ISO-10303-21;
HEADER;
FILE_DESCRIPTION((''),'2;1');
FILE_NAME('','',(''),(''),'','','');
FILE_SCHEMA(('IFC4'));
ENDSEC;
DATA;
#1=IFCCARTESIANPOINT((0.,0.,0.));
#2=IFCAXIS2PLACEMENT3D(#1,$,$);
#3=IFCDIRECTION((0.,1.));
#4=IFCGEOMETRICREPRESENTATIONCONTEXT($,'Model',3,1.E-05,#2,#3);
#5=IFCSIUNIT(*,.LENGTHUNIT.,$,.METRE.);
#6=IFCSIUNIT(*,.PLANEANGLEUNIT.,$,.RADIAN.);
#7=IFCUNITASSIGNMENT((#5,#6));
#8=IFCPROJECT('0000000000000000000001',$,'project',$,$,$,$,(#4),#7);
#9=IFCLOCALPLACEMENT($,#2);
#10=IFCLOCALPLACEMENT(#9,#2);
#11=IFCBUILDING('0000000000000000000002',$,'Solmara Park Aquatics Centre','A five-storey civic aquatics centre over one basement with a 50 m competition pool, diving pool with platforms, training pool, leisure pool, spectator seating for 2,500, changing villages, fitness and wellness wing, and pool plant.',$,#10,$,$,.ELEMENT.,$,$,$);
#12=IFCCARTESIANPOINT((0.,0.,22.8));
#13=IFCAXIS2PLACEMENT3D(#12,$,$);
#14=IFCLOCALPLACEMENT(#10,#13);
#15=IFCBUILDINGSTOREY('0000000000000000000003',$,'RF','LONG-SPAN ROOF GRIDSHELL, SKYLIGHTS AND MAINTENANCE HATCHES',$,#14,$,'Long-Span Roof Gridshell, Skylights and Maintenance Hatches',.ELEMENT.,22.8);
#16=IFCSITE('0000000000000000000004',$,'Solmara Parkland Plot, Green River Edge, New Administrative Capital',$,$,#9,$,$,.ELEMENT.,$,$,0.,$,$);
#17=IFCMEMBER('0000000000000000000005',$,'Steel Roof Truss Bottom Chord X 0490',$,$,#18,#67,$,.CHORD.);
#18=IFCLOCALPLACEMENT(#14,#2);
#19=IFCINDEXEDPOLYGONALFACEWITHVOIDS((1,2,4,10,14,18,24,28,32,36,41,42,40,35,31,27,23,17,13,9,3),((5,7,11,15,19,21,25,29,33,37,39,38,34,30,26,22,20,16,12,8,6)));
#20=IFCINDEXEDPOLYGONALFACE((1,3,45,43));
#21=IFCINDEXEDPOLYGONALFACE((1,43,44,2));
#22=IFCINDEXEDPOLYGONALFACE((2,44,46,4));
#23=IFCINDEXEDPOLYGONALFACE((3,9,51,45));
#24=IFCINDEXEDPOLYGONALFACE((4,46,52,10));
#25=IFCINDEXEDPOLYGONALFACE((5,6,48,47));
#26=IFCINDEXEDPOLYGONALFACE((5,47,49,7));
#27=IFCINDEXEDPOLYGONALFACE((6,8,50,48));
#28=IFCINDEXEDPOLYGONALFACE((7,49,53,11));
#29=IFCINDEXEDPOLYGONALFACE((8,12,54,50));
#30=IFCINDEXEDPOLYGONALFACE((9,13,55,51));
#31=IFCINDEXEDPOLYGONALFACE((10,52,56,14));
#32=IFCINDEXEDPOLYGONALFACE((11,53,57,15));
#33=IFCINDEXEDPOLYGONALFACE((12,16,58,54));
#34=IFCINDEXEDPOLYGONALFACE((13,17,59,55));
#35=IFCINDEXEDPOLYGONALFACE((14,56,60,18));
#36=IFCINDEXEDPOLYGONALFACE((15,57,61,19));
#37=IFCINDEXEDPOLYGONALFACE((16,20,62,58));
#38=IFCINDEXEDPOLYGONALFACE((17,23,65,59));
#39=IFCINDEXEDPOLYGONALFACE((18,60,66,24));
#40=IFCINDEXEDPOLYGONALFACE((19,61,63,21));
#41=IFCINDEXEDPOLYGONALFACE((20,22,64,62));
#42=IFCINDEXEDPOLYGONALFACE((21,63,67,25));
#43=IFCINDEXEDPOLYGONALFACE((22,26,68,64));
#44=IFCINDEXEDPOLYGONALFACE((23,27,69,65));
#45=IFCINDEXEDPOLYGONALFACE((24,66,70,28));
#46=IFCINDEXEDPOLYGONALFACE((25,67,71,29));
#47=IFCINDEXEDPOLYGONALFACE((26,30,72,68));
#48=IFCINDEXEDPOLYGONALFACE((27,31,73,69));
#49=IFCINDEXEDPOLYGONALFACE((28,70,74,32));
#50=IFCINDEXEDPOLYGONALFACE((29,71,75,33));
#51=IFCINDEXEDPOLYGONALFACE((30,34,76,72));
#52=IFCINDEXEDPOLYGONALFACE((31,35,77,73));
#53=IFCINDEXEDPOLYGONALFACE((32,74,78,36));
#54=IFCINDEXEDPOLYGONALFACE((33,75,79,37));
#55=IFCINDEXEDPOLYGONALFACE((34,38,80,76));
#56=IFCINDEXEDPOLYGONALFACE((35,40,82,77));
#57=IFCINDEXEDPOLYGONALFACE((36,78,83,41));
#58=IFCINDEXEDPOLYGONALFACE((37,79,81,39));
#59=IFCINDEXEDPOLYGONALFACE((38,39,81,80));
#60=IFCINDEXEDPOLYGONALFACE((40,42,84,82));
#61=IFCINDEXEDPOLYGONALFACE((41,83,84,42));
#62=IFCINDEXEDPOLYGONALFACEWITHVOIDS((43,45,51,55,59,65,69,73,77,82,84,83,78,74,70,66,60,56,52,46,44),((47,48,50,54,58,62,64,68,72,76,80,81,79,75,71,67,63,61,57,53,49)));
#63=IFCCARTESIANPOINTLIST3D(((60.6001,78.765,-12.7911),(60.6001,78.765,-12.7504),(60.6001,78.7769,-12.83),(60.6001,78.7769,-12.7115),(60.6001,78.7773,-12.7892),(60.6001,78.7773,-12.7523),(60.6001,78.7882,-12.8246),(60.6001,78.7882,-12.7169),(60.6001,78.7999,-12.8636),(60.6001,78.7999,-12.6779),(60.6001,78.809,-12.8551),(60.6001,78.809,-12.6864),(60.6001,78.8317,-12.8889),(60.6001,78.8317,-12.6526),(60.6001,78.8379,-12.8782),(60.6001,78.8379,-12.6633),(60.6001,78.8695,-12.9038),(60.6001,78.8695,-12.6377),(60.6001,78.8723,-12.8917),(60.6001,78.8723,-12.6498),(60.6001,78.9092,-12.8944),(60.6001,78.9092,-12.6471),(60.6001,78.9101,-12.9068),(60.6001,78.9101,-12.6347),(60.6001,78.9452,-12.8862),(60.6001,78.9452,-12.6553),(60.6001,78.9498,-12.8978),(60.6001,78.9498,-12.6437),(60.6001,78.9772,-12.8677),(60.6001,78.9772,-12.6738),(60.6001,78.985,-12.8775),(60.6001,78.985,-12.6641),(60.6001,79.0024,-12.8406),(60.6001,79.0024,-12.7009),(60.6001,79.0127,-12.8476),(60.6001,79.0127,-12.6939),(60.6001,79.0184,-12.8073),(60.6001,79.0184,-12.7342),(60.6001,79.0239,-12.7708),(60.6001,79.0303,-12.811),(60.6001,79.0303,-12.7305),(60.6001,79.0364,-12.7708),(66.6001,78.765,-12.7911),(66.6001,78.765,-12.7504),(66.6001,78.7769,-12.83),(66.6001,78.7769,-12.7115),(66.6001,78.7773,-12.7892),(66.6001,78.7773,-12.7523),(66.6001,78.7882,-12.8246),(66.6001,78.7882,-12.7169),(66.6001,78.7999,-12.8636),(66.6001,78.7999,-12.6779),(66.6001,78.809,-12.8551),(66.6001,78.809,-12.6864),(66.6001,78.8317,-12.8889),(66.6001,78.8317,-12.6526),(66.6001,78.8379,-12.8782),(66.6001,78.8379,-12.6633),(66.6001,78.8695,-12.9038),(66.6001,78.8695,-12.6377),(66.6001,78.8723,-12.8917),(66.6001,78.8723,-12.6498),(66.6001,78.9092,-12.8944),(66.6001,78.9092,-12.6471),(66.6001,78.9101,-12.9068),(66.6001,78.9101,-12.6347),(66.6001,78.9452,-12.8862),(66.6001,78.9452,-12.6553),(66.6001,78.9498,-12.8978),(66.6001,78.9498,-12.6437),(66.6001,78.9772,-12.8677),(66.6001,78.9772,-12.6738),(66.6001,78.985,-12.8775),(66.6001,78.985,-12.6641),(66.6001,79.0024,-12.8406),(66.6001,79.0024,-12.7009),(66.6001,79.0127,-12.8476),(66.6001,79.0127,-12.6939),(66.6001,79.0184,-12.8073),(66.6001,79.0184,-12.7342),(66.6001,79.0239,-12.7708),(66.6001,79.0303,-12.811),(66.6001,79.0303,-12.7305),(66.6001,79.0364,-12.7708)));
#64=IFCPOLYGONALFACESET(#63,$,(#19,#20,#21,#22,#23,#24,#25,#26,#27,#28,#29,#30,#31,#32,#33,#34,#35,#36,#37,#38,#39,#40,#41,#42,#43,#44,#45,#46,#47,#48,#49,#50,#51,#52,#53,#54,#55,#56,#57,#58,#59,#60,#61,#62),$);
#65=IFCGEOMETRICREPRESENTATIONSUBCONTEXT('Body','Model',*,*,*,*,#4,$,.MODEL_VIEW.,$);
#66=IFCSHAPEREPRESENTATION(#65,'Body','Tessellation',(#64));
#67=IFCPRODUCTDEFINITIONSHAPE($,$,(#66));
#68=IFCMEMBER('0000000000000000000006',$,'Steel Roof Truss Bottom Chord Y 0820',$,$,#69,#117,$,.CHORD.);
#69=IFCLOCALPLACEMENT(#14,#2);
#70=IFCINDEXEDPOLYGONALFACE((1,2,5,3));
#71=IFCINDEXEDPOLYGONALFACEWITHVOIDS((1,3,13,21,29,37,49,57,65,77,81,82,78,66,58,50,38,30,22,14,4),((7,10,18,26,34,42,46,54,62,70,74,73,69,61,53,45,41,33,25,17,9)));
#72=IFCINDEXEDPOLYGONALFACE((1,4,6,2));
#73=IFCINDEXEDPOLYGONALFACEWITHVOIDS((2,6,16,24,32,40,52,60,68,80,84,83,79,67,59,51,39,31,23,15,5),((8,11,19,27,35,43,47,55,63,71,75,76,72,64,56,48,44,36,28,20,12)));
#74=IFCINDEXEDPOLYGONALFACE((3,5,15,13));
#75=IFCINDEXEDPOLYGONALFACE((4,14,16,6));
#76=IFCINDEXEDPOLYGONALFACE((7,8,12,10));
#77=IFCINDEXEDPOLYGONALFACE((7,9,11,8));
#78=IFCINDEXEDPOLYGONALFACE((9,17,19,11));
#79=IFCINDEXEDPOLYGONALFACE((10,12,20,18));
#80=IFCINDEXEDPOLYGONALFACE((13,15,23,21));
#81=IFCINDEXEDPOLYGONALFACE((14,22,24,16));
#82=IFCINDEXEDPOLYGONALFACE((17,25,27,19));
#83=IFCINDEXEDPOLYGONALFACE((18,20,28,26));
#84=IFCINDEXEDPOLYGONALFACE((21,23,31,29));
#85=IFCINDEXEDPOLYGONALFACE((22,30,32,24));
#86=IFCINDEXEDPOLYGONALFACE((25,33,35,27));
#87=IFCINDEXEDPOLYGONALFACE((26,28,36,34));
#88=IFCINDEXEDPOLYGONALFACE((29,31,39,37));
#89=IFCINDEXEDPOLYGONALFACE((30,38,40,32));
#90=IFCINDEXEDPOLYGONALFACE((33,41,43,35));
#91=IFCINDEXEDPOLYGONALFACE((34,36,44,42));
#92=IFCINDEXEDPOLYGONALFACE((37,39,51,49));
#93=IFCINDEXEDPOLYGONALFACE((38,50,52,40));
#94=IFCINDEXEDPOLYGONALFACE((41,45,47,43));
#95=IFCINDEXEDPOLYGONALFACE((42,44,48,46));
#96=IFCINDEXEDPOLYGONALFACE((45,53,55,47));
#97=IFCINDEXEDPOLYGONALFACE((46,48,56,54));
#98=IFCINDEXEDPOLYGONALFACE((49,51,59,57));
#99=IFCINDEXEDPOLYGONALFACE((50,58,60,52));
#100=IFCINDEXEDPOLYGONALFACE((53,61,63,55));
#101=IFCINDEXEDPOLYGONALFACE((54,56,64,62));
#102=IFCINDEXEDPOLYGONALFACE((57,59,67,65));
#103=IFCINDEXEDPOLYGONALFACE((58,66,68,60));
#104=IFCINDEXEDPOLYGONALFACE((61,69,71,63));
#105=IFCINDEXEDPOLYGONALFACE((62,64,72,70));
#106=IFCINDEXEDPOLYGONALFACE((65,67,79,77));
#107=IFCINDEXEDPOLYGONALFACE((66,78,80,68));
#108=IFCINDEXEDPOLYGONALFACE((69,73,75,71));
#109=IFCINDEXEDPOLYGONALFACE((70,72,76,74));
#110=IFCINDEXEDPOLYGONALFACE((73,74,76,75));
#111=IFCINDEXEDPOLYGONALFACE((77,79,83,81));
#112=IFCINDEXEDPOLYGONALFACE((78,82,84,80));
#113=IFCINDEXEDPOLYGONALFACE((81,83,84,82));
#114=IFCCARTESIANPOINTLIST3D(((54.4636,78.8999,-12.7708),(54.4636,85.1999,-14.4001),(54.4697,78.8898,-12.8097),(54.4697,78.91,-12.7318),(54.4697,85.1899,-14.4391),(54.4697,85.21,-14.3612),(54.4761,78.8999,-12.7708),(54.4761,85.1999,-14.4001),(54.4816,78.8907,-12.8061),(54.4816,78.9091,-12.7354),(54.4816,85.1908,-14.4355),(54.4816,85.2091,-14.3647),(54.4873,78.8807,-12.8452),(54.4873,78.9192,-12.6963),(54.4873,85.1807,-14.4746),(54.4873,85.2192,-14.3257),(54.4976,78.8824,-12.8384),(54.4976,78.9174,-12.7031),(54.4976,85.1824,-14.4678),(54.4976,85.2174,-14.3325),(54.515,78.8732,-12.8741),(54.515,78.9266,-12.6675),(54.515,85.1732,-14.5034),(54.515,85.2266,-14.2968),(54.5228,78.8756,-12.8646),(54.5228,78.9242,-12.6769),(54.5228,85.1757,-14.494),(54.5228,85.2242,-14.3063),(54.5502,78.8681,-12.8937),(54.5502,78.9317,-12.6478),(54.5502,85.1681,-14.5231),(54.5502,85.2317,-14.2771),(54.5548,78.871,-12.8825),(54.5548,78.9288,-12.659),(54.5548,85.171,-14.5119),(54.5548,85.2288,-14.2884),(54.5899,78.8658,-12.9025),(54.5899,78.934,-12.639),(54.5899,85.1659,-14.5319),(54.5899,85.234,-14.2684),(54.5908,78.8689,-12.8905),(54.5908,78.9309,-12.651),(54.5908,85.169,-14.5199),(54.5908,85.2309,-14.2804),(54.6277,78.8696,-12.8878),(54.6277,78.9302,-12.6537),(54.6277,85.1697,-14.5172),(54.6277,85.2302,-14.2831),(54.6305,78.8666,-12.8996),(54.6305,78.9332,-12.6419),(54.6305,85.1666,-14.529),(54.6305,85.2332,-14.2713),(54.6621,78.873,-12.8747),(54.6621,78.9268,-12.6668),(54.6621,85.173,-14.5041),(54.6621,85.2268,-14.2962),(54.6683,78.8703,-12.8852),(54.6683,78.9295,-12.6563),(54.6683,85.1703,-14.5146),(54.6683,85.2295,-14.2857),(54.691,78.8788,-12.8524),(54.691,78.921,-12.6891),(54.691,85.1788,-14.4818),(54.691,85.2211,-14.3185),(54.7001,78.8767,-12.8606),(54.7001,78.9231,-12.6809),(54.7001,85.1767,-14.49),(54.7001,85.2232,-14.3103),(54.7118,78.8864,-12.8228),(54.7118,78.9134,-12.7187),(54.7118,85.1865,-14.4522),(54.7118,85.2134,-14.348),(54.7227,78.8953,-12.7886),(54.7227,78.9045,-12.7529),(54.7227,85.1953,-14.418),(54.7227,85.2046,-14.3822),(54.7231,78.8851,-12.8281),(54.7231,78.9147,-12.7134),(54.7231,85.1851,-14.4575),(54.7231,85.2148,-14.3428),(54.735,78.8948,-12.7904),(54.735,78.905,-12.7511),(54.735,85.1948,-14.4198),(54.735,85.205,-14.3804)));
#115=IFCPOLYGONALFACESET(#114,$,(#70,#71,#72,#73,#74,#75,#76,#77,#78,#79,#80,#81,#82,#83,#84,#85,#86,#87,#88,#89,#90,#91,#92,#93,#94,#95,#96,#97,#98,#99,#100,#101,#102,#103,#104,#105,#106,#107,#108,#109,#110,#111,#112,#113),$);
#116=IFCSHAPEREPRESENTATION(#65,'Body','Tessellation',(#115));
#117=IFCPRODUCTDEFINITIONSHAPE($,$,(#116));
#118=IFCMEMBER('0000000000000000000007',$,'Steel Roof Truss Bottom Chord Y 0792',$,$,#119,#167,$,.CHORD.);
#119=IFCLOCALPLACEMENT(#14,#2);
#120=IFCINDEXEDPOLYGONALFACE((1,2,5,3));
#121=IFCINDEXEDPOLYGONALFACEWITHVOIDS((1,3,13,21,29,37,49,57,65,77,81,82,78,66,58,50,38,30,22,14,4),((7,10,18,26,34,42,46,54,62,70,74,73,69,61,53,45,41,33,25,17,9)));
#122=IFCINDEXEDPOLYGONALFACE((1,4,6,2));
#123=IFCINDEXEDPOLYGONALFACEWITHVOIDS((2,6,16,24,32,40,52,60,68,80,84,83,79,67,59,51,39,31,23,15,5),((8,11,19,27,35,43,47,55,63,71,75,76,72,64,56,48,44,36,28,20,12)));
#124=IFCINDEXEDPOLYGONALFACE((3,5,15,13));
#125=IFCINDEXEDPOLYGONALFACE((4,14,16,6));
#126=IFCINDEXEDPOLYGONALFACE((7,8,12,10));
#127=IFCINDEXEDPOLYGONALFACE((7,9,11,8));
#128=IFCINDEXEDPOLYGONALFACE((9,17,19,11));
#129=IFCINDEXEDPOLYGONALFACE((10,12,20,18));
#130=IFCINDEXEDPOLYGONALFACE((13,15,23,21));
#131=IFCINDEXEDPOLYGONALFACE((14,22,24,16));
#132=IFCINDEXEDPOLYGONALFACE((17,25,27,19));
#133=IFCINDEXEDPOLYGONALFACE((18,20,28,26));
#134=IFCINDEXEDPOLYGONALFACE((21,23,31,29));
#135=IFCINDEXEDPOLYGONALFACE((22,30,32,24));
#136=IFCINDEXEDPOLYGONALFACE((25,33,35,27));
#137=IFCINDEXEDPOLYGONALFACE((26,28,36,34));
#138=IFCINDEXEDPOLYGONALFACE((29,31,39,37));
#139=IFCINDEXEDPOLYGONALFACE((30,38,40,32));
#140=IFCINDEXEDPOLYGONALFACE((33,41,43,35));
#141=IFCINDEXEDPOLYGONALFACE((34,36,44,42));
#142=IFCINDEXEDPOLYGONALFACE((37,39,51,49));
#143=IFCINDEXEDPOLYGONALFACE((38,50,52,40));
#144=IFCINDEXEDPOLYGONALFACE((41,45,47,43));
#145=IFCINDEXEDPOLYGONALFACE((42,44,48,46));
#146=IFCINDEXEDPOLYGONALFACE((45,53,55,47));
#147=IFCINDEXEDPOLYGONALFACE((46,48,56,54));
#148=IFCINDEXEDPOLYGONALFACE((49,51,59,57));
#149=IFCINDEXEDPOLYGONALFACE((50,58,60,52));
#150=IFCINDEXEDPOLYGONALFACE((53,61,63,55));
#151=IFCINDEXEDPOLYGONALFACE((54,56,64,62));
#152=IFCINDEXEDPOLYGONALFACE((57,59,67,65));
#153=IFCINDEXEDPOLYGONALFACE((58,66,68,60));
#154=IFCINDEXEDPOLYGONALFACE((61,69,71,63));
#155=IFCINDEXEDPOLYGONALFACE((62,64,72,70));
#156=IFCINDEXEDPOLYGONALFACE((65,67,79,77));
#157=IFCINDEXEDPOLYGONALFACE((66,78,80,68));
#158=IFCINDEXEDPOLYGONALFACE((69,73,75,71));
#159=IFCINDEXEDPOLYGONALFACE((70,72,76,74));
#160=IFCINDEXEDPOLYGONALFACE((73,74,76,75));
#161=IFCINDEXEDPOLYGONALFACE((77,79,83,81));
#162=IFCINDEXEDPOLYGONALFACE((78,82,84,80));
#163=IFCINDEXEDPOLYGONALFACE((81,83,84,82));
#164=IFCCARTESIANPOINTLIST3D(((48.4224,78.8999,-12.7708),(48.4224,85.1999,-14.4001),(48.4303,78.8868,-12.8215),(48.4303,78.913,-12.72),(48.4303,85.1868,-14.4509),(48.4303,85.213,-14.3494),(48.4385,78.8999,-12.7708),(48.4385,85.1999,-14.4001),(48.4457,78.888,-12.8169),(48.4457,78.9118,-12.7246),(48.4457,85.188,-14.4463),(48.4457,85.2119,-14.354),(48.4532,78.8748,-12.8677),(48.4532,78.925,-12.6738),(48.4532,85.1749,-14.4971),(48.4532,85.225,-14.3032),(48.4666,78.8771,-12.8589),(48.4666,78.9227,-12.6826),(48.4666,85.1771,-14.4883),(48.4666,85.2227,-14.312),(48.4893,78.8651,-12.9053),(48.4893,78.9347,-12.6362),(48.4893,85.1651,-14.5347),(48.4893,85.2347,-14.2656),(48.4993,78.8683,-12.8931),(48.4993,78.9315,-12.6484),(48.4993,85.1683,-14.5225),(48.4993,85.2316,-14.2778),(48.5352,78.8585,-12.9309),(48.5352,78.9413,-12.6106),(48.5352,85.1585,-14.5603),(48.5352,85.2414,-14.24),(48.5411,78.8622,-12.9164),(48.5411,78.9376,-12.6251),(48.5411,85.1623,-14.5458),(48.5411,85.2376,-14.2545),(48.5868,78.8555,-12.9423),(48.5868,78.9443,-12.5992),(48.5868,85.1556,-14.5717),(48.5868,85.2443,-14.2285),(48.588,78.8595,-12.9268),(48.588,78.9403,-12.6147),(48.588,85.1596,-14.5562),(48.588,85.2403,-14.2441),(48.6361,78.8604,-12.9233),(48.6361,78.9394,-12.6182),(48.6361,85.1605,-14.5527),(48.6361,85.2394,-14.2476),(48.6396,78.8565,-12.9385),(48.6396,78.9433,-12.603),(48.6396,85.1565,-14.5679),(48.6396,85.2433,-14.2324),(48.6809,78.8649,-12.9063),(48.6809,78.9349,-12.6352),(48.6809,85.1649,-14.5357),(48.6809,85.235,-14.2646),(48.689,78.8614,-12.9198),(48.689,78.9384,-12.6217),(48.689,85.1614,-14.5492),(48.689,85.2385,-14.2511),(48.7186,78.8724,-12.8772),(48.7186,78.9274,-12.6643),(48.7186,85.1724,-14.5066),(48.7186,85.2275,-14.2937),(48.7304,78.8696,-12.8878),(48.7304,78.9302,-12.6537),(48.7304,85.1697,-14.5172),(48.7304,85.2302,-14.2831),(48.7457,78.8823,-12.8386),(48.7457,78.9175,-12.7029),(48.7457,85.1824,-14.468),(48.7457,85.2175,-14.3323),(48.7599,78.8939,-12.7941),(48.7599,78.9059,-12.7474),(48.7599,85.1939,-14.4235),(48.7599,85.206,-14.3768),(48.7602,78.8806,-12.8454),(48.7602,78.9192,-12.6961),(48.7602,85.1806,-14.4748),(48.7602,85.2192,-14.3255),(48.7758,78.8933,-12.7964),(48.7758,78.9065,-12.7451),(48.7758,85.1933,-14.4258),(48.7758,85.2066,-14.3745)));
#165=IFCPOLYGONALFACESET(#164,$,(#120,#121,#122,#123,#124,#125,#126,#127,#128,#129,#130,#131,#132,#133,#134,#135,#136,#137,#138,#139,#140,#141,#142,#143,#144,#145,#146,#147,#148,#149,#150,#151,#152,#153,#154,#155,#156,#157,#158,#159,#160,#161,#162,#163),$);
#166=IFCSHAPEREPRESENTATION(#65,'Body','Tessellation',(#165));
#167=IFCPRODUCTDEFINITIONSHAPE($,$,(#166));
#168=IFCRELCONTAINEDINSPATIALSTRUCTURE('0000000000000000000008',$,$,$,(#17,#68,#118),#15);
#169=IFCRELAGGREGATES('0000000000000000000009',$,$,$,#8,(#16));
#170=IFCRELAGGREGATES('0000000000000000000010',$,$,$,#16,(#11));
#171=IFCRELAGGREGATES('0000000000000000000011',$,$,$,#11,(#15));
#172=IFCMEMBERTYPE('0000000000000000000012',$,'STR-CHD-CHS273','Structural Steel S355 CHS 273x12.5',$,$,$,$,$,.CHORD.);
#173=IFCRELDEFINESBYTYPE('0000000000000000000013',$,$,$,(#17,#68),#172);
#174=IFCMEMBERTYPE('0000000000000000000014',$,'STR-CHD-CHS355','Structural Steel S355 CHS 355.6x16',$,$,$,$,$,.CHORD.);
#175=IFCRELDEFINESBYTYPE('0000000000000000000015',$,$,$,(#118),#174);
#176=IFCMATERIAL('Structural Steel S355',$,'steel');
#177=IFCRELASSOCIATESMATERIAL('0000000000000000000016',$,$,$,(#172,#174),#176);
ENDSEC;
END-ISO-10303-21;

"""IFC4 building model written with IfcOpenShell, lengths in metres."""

from ifc_helpers import new_model, si_unit, direction, frame, origin, origin_2d, place, context, subcontext, project, spatial, hollow_circle, extrude, material, material_profile, profile_set, type_object, element, save


model = new_model("IFC4")

# Units and contexts
model_context = context("Model", 3, precision=1e-05, world=origin(), true_north=direction((0.0, 1.0)))
body_context = subcontext(model_context, "Body", "Model", "MODEL_VIEW")
ifc_project = project(units=[si_unit("LENGTHUNIT", "METRE"), si_unit("PLANEANGLEUNIT", "RADIAN")], contexts=[model_context])

# Site, building, storey
site_placement = place(None, origin())
site = spatial("IfcSite", under=ifc_project, at=site_placement, Name="Solmara Parkland Plot, Green River Edge, New Administrative Capital", CompositionType="ELEMENT", RefElevation=0.0)
building_placement = place(site_placement, origin())
building = spatial("IfcBuilding", under=site, at=building_placement, Name="Solmara Park Aquatics Centre", Description="A five-storey civic aquatics centre over one basement with a 50 m competition pool, diving pool with platforms, training pool, leisure pool, spectator seating for 2,500, changing villages, fitness and wellness wing, and pool plant.", CompositionType="ELEMENT")
storey_placement = place(building_placement, frame((0.0, 0.0, 22.8)))
storey = spatial("IfcBuildingStorey", under=building, at=storey_placement, Name="RF", Description="LONG-SPAN ROOF GRIDSHELL, SKYLIGHTS AND MAINTENANCE HATCHES", LongName="Long-Span Roof Gridshell, Skylights and Maintenance Hatches", CompositionType="ELEMENT", Elevation=22.8)

# Members
ifc_material_1 = material(Name="Structural Steel S355", Category="steel")
ifc_material_profile_1 = material_profile(ifc_material_1, hollow_circle(Radius=0.1365, WallThickness=0.0125, at=origin_2d()), Name="CHS 273x12.5")
ifc_profile_set_1 = profile_set([ifc_material_profile_1], Name="Structural Steel S355")
member_type_1 = type_object("IfcMemberType", Name="STR-CHD-CHS273", Description="Structural Steel S355 CHS 273x12.5", PredefinedType="CHORD", material=ifc_profile_set_1)
for number, where, z_axis, x_axis, name in (
    (1, (60.6001, 78.8999, -12.7708), (1.0, 0.0, 0.0), (0.0, 1.0, 0.0), "Steel Roof Truss Bottom Chord X 0490"),
):
    element("IfcMember", number, at=place(storey_placement, frame(where, z_axis=z_axis, x_axis=x_axis)), inside=storey, type_object=member_type_1, Name=name, PredefinedType="CHORD", context=body_context, shape_type="SweptSolid", body=[
        extrude(hollow_circle(Radius=0.1365, WallThickness=0.0125, at=origin_2d()), origin(), (0.0, 0.0, 1.0), 6.0),
    ])
member_1_placement = place(storey_placement, frame((54.6001, 78.8999, -12.7708), z_axis=(0.0, 0.968144, -0.250393), x_axis=(-1.0, 0.0, 0.0)))
element("IfcMember", 2, at=member_1_placement, inside=storey, type_object=member_type_1, Name="Steel Roof Truss Bottom Chord Y 0820", PredefinedType="CHORD", context=body_context, shape_type="SweptSolid", body=[
    extrude(hollow_circle(Radius=0.1365, WallThickness=0.0125, at=origin_2d()), origin(), (0.0, 0.0, 1.0), 6.5073),
])
ifc_material_profile_2 = material_profile(ifc_material_1, hollow_circle(Radius=0.1777, WallThickness=0.0161, at=origin_2d()), Name="CHS 355.6x16")
ifc_profile_set_2 = profile_set([ifc_material_profile_2], Name="Structural Steel S355")
member_type_2 = type_object("IfcMemberType", Name="STR-CHD-CHS355", Description="Structural Steel S355 CHS 355.6x16", PredefinedType="CHORD", material=ifc_profile_set_2)
for number, where, z_axis, x_axis, name in (
    (3, (48.6001, 78.8999, -12.7708), (0.0, 0.968144, -0.250393), (-1.0, 0.0, 0.0), "Steel Roof Truss Bottom Chord Y 0792"),
):
    element("IfcMember", number, at=place(storey_placement, frame(where, z_axis=z_axis, x_axis=x_axis)), inside=storey, type_object=member_type_2, Name=name, PredefinedType="CHORD", context=body_context, shape_type="SweptSolid", body=[
        extrude(hollow_circle(Radius=0.1777, WallThickness=0.0161, at=origin_2d()), origin(), (0.0, 0.0, 1.0), 6.5073),
    ])

save(model, "model.ifc")
